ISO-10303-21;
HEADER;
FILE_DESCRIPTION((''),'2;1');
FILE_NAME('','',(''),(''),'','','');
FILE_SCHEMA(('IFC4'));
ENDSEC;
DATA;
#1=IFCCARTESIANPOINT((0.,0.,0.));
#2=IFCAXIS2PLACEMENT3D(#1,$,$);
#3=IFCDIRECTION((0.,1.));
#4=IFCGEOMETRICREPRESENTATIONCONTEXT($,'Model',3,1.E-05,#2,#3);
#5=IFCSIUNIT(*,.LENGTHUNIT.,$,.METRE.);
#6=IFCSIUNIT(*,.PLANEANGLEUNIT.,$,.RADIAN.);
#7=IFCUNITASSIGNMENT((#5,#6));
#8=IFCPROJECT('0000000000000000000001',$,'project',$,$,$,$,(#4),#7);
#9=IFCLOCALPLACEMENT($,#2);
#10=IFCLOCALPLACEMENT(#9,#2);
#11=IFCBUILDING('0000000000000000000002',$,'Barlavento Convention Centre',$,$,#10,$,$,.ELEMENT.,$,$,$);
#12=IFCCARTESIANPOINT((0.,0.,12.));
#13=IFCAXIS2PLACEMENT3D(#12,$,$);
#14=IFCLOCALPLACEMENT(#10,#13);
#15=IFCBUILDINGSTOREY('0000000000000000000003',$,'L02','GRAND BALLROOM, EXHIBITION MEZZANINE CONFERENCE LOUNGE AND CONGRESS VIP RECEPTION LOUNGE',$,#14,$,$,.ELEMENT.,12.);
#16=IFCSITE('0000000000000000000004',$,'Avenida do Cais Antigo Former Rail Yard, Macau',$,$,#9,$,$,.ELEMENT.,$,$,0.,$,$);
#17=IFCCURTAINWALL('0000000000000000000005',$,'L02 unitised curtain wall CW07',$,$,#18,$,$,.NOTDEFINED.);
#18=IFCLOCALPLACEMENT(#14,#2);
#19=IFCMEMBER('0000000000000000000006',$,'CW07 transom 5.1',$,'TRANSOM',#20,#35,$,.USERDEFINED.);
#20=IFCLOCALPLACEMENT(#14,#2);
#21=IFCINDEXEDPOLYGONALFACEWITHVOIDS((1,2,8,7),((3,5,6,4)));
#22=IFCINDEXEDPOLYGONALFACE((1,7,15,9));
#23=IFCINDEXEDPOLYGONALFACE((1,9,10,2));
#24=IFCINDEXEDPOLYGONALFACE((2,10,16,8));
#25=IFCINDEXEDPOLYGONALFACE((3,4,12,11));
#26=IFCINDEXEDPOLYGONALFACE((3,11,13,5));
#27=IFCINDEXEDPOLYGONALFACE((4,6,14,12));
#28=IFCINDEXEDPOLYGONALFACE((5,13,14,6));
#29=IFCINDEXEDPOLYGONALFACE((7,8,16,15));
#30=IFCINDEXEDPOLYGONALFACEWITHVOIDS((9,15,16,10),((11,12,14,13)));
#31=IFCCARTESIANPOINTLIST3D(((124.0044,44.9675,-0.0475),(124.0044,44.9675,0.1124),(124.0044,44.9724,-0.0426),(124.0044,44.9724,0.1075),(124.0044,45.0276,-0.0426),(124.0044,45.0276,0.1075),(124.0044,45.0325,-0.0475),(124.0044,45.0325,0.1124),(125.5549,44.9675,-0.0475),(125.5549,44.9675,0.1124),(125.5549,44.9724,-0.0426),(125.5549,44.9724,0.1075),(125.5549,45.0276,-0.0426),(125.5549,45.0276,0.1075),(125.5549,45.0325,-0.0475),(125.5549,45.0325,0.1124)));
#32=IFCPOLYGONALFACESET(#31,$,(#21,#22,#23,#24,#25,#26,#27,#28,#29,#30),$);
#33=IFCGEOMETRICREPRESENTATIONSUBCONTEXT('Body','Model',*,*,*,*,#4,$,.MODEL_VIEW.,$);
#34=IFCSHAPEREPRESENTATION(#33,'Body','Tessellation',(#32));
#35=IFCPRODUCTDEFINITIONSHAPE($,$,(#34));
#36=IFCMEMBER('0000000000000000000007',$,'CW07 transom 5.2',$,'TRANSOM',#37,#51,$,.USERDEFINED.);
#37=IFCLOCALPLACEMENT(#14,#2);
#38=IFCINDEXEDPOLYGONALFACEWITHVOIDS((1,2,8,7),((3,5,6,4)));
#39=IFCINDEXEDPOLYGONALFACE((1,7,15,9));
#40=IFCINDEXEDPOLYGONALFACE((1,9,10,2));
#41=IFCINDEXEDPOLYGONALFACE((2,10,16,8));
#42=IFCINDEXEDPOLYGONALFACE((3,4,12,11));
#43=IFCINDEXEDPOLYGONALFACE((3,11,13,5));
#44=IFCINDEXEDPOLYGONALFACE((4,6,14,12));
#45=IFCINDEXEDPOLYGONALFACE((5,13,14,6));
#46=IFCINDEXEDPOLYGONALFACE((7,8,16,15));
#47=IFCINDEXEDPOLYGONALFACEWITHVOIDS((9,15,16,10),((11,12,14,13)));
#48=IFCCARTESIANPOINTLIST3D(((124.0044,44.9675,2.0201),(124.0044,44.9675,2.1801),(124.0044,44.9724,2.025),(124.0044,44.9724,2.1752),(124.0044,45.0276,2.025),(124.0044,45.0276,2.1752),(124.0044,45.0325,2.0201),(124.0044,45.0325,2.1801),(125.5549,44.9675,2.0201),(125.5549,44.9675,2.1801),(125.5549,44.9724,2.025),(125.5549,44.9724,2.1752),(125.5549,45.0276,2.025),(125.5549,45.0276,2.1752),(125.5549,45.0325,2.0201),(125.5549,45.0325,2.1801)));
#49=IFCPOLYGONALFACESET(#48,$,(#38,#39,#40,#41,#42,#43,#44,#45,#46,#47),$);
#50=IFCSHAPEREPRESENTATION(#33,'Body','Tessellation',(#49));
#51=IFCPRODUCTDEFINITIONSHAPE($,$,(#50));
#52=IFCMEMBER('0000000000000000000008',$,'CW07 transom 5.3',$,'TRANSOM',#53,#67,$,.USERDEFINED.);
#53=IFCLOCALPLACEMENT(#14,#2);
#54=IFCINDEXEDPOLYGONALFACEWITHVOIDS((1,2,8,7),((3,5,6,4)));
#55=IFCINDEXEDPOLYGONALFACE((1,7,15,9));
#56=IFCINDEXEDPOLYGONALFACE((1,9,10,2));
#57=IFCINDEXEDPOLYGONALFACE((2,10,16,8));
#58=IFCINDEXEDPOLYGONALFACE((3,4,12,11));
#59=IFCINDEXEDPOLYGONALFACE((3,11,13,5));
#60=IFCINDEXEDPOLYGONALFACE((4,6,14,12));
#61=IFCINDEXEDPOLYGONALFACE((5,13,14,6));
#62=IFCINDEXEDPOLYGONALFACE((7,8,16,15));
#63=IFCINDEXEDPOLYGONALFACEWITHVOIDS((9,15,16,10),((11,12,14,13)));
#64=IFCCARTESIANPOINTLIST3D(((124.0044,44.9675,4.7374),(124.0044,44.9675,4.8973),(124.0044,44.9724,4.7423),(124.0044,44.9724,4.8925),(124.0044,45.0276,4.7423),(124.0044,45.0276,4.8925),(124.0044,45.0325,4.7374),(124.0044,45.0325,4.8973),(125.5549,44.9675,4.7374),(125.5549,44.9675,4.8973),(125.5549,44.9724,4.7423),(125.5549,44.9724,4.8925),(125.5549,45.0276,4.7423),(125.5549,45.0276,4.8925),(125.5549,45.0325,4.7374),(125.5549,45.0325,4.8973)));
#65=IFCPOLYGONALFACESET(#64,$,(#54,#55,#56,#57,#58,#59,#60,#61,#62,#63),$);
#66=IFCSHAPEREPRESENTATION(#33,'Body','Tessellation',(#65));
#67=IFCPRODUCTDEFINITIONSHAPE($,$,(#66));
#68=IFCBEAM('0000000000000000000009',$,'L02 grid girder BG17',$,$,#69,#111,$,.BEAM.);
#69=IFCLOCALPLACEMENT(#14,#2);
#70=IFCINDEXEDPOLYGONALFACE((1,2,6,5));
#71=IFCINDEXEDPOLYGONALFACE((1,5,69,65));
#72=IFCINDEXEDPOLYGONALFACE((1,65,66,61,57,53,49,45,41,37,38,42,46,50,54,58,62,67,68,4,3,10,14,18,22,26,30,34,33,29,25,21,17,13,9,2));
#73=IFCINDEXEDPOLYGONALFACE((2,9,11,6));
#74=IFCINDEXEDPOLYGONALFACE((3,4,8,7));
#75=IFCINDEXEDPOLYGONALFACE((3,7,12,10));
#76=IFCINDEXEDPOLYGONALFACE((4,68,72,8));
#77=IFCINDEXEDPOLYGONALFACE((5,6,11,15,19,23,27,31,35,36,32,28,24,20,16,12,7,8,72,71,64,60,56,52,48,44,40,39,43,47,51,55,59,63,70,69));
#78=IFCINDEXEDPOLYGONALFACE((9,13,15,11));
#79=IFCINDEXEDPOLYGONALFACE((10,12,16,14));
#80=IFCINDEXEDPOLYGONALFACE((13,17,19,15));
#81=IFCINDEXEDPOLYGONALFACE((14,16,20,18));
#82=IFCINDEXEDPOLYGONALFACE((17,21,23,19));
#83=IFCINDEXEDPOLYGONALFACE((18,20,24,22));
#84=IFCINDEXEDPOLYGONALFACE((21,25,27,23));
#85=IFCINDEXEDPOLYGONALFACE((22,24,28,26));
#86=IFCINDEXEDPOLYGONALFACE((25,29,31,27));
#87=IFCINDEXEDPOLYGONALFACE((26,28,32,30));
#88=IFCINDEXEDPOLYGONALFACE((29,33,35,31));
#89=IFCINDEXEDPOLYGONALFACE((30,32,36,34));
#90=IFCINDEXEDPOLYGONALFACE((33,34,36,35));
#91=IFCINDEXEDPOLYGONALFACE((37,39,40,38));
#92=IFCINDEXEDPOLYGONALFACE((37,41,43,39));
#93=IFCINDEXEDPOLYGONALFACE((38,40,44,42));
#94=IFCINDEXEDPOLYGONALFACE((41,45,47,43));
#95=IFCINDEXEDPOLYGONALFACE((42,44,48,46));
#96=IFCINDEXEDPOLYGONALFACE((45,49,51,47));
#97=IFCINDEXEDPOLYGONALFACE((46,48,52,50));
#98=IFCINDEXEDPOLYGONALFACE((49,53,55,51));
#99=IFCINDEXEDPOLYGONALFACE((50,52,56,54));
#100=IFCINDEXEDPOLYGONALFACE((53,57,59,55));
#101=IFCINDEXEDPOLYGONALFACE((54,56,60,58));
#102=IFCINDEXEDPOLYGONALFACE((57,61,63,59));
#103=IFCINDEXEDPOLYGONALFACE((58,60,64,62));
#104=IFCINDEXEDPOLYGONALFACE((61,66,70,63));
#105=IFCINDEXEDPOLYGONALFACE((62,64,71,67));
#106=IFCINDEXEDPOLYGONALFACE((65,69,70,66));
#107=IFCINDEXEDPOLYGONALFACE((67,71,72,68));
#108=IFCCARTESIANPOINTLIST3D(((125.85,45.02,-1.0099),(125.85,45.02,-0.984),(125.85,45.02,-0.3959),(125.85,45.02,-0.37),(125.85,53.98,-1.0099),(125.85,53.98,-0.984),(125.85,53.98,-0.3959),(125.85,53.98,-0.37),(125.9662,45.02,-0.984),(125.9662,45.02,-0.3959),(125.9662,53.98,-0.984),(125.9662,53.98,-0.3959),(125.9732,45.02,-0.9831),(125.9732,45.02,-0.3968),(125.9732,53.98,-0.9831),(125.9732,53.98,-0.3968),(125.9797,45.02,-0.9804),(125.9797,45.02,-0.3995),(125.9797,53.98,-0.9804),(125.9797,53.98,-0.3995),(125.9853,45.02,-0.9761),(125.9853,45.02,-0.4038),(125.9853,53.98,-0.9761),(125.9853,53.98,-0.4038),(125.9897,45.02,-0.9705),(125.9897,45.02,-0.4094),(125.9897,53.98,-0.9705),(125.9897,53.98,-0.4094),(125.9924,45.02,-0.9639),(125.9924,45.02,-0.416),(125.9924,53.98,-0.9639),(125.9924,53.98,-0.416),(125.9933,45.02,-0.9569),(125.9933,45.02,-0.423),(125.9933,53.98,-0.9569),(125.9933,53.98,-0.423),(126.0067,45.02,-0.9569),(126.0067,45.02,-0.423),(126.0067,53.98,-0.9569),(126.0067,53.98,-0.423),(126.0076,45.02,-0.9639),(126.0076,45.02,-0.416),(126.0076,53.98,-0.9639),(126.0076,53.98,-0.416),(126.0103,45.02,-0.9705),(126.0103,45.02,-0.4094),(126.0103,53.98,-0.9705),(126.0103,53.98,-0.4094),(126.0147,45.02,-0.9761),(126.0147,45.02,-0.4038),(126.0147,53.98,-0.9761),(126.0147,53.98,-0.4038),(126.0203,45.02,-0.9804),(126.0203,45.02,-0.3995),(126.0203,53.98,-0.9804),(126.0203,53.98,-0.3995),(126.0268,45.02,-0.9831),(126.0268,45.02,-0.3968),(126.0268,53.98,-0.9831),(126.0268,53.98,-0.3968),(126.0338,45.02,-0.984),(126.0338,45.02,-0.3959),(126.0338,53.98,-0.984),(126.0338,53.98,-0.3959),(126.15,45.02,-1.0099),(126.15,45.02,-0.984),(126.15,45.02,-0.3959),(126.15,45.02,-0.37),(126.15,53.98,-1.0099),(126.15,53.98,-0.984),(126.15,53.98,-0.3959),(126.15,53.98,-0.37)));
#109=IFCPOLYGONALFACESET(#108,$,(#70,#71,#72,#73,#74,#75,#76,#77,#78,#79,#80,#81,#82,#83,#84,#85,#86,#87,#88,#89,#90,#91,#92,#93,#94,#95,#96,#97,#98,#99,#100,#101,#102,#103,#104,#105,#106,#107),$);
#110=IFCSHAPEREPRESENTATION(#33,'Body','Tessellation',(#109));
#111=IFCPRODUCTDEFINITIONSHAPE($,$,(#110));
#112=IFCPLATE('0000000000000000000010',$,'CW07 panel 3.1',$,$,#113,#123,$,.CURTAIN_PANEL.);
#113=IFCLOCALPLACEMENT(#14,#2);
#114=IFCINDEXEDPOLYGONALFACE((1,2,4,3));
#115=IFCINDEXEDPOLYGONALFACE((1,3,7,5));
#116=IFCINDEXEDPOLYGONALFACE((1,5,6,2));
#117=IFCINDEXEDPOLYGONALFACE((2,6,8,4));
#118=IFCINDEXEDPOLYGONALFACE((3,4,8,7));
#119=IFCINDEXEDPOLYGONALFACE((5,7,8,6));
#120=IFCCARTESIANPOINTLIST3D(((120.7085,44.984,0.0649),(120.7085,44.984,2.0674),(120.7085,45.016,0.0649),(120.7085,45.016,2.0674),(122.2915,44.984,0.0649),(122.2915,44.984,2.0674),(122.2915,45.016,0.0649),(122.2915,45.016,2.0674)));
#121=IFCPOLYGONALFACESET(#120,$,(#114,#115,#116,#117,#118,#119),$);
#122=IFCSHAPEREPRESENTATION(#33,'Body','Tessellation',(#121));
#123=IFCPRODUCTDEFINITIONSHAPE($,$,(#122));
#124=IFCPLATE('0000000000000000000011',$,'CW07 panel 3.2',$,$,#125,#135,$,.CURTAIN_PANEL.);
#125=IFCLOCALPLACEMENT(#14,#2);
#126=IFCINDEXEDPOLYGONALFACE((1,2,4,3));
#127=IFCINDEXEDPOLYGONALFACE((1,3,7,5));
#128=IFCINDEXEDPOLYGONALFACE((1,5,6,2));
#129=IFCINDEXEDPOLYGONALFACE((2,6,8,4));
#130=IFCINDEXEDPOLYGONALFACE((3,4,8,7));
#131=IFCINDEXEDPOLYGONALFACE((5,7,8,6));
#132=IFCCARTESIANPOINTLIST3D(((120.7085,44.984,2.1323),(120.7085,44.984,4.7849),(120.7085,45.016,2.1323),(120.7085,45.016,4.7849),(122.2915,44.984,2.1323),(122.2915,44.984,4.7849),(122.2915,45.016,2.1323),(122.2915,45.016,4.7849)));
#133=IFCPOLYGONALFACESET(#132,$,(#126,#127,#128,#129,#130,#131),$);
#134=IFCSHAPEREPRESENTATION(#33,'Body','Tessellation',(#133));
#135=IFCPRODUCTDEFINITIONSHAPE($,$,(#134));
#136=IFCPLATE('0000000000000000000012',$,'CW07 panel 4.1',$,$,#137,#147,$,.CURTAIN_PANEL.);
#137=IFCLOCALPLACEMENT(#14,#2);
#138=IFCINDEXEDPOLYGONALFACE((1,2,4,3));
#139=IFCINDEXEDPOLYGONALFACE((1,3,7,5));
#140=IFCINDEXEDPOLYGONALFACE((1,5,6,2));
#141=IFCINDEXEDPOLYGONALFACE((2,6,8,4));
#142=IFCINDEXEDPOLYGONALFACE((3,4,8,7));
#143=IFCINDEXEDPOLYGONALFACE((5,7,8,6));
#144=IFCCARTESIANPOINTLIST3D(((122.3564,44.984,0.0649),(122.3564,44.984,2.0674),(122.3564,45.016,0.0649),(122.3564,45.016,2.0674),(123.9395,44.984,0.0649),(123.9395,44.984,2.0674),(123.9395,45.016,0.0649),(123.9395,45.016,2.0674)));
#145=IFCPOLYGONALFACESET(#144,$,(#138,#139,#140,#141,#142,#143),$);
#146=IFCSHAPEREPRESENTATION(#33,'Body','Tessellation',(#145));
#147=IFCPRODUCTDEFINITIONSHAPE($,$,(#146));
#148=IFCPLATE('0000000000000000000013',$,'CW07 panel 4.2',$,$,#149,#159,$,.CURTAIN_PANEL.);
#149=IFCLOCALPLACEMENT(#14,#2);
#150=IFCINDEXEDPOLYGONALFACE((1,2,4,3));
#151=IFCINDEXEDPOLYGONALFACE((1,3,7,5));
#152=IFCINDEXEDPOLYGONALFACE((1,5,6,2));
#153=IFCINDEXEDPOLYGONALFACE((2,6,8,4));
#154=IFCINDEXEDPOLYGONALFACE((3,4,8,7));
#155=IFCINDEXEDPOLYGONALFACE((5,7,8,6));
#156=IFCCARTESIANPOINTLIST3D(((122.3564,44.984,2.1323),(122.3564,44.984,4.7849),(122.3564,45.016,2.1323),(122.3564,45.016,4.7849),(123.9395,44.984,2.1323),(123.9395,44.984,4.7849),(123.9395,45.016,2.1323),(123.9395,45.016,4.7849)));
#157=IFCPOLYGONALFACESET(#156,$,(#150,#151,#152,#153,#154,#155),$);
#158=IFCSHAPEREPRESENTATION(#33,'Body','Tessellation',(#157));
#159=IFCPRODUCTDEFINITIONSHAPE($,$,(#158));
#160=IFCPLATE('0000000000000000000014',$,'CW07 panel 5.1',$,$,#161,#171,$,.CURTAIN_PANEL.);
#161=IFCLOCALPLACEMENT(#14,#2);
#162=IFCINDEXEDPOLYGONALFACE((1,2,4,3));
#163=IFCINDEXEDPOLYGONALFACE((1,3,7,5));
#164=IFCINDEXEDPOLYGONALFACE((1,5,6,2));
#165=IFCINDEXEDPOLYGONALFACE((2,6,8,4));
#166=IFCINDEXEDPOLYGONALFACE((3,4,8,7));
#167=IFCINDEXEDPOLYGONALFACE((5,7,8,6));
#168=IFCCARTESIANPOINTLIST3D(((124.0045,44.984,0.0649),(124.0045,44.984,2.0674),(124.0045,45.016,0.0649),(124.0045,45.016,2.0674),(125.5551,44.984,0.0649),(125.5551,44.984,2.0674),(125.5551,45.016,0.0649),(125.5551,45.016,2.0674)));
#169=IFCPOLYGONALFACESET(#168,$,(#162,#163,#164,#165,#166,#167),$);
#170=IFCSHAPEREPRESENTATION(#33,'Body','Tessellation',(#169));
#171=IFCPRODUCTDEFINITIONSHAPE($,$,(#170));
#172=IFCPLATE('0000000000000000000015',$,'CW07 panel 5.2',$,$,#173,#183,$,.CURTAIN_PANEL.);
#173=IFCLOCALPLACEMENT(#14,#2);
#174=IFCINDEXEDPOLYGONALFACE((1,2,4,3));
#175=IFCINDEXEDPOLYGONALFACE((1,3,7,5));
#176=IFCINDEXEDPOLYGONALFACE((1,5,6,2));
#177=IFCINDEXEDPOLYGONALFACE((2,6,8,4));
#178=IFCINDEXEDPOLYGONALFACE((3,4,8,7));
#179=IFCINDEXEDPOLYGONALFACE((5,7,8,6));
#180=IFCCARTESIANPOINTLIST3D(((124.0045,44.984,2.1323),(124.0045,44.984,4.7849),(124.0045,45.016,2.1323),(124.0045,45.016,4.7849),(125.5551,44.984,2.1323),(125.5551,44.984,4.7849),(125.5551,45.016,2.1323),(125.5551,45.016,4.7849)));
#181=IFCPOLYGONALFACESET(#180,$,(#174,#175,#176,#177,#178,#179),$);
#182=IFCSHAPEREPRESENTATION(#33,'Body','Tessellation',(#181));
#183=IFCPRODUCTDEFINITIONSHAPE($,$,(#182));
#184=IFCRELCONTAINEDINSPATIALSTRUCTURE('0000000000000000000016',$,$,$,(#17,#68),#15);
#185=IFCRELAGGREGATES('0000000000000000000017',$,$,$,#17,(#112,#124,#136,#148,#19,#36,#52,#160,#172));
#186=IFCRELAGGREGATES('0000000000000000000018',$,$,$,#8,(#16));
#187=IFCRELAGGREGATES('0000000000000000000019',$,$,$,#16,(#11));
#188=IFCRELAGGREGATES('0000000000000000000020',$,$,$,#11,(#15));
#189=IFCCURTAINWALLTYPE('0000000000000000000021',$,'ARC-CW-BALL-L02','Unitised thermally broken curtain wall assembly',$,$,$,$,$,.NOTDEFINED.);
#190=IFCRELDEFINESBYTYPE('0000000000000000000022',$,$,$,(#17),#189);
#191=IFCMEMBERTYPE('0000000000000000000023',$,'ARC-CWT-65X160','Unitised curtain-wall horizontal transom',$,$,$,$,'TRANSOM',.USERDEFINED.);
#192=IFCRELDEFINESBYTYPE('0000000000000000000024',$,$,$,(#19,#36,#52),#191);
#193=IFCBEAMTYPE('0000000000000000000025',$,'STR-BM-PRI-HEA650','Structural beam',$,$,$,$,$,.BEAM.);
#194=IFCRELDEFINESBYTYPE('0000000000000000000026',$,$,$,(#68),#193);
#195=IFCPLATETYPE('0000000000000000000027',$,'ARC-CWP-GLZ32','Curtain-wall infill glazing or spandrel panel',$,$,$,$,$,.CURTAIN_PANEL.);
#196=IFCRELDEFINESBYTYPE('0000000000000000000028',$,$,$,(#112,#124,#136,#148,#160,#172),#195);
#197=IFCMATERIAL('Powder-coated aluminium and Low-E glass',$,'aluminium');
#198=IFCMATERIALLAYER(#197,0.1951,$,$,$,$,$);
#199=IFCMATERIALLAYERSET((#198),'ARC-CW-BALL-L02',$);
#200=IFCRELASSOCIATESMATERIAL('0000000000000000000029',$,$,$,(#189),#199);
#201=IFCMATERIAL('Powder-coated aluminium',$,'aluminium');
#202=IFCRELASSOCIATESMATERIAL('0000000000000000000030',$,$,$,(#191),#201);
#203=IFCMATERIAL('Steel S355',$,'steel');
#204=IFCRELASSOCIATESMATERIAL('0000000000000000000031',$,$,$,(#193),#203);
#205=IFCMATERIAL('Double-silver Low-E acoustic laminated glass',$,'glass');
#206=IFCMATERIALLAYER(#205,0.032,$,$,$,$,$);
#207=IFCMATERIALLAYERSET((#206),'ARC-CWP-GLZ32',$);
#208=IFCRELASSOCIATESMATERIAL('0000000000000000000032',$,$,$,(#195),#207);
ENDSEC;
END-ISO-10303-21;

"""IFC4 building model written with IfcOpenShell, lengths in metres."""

from ifc_helpers import new_model, si_unit, direction, frame, origin, origin_2d, place, context, subcontext, project, spatial, rectangle, hollow_rectangle, i_section, extrude, material, layer, layer_set, material_profile, profile_set, type_object, element, aggregate, save


model = new_model("IFC4")

# Units and contexts
model_context = context("Model", 3, precision=1e-05, world=origin(), true_north=direction((0.0, 1.0)))
body_context = subcontext(model_context, "Body", "Model", "MODEL_VIEW")
ifc_project = project(units=[si_unit("LENGTHUNIT", "METRE"), si_unit("PLANEANGLEUNIT", "RADIAN")], contexts=[model_context])

# Site, building, storey
site_placement = place(None, origin())
site = spatial("IfcSite", under=ifc_project, at=site_placement, Name="Avenida do Cais Antigo Former Rail Yard, Macau", CompositionType="ELEMENT", RefElevation=0.0)
building_placement = place(site_placement, origin())
building = spatial("IfcBuilding", under=site, at=building_placement, Name="Barlavento Convention Centre", CompositionType="ELEMENT")
storey_placement = place(building_placement, frame((0.0, 0.0, 12.0)))
storey = spatial("IfcBuildingStorey", under=building, at=storey_placement, Name="L02", Description="GRAND BALLROOM, EXHIBITION MEZZANINE CONFERENCE LOUNGE AND CONGRESS VIP RECEPTION LOUNGE", CompositionType="ELEMENT", Elevation=12.0)

# Curtain wall, members
ifc_material_1 = material(Name="Powder-coated aluminium and Low-E glass", Category="aluminium")
ifc_layer_1 = layer(ifc_material_1, 0.1951)
ifc_layer_set_1 = layer_set([ifc_layer_1], Name="ARC-CW-BALL-L02")
curtain_wall_type = type_object("IfcCurtainWallType", Name="ARC-CW-BALL-L02", Description="Unitised thermally broken curtain wall assembly", PredefinedType="NOTDEFINED", material=ifc_layer_set_1)
curtain_wall_placement = place(storey_placement, origin())
curtain_wall = element("IfcCurtainWall", 1, at=curtain_wall_placement, inside=storey, type_object=curtain_wall_type, Name="L02 unitised curtain wall CW07", PredefinedType="NOTDEFINED")
ifc_material_2 = material(Name="Powder-coated aluminium", Category="aluminium")
ifc_material_profile_1 = material_profile(ifc_material_2, hollow_rectangle(XDim=0.0649, YDim=0.1599, WallThickness=0.0049, at=origin_2d()), Name="AL-TRAN 65x160x5")
ifc_profile_set_1 = profile_set([ifc_material_profile_1], Name="Powder-coated aluminium")
member_type_1 = type_object("IfcMemberType", Name="ARC-CWT-65X160", Description="Unitised curtain-wall horizontal transom", ElementType="TRANSOM", PredefinedType="USERDEFINED", material=ifc_profile_set_1)
member_1_placement = place(storey_placement, frame((124.0044, 45.0, 0.0325), z_axis=(1.0, 0.0, 0.0), x_axis=(0.0, 1.0, 0.0)))
member_1 = element("IfcMember", 2, at=member_1_placement, type_object=member_type_1, Name="CW07 transom 5.1", ObjectType="TRANSOM", PredefinedType="USERDEFINED", context=body_context, shape_type="SweptSolid", body=[
    extrude(hollow_rectangle(XDim=0.0649, YDim=0.1599, WallThickness=0.0049, at=origin_2d()), origin(), (0.0, 0.0, 1.0), 1.5505),
])
member_2_placement = place(storey_placement, frame((124.0044, 45.0, 2.1001), z_axis=(1.0, 0.0, 0.0), x_axis=(0.0, 1.0, 0.0)))
member_2 = element("IfcMember", 3, at=member_2_placement, type_object=member_type_1, Name="CW07 transom 5.2", ObjectType="TRANSOM", PredefinedType="USERDEFINED", context=body_context, shape_type="SweptSolid", body=[
    extrude(hollow_rectangle(XDim=0.0649, YDim=0.1599, WallThickness=0.0049, at=origin_2d()), origin(), (0.0, 0.0, 1.0), 1.5505),
])
member_3_placement = place(storey_placement, frame((124.0044, 45.0, 4.8174), z_axis=(1.0, 0.0, 0.0), x_axis=(0.0, 1.0, 0.0)))
member_3 = element("IfcMember", 4, at=member_3_placement, type_object=member_type_1, Name="CW07 transom 5.3", ObjectType="TRANSOM", PredefinedType="USERDEFINED", context=body_context, shape_type="SweptSolid", body=[
    extrude(hollow_rectangle(XDim=0.0649, YDim=0.1599, WallThickness=0.0049, at=origin_2d()), origin(), (0.0, 0.0, 1.0), 1.5505),
])

# Beam
ifc_material_3 = material(Name="Steel S355", Category="steel")
ifc_material_profile_2 = material_profile(ifc_material_3, i_section(OverallWidth=0.3, OverallDepth=0.6399, WebThickness=0.0134, FlangeThickness=0.0259, FilletRadius=0.0271, at=origin_2d()), Name="HEA 650")
ifc_profile_set_2 = profile_set([ifc_material_profile_2], Name="Steel S355")
beam_type = type_object("IfcBeamType", Name="STR-BM-PRI-HEA650", Description="Structural beam", PredefinedType="BEAM", material=ifc_profile_set_2)
beam_placement = place(storey_placement, frame((126.0, 45.02, -0.6899), z_axis=(0.0, 1.0, 0.0), x_axis=(-1.0, 0.0, 0.0)))
element("IfcBeam", 5, at=beam_placement, inside=storey, type_object=beam_type, Name="L02 grid girder BG17", PredefinedType="BEAM", context=body_context, shape_type="SweptSolid", body=[
    extrude(i_section(OverallWidth=0.3, OverallDepth=0.6399, WebThickness=0.0134, FlangeThickness=0.0259, FilletRadius=0.0271, at=origin_2d()), origin(), (0.0, 0.0, 1.0), 8.96),
])

# Plates
ifc_material_4 = material(Name="Double-silver Low-E acoustic laminated glass", Category="glass")
ifc_layer_2 = layer(ifc_material_4, 0.032)
ifc_layer_set_2 = layer_set([ifc_layer_2], Name="ARC-CWP-GLZ32")
plate_type = type_object("IfcPlateType", Name="ARC-CWP-GLZ32", Description="Curtain-wall infill glazing or spandrel panel", PredefinedType="CURTAIN_PANEL", material=ifc_layer_set_2)
plate_1_placement = place(storey_placement, frame((121.5, 45.0, 0.0649), z_axis=(0.0, 0.0, 1.0), x_axis=(1.0, 0.0, 0.0)))
plate_1 = element("IfcPlate", 6, at=plate_1_placement, type_object=plate_type, Name="CW07 panel 3.1", PredefinedType="CURTAIN_PANEL", context=body_context, shape_type="SweptSolid", body=[
    extrude(rectangle(XDim=1.583, YDim=0.032, at=origin_2d()), origin(), (0.0, 0.0, 1.0), 2.0024),
])
plate_2_placement = place(storey_placement, frame((121.5, 45.0, 2.1323), z_axis=(0.0, 0.0, 1.0), x_axis=(1.0, 0.0, 0.0)))
plate_2 = element("IfcPlate", 7, at=plate_2_placement, type_object=plate_type, Name="CW07 panel 3.2", PredefinedType="CURTAIN_PANEL", context=body_context, shape_type="SweptSolid", body=[
    extrude(rectangle(XDim=1.583, YDim=0.032, at=origin_2d()), origin(), (0.0, 0.0, 1.0), 2.6526),
])
plate_3_placement = place(storey_placement, frame((123.1479, 45.0, 0.0649), z_axis=(0.0, 0.0, 1.0), x_axis=(1.0, 0.0, 0.0)))
plate_3 = element("IfcPlate", 8, at=plate_3_placement, type_object=plate_type, Name="CW07 panel 4.1", PredefinedType="CURTAIN_PANEL", context=body_context, shape_type="SweptSolid", body=[
    extrude(rectangle(XDim=1.583, YDim=0.032, at=origin_2d()), origin(), (0.0, 0.0, 1.0), 2.0024),
])
plate_4_placement = place(storey_placement, frame((123.1479, 45.0, 2.1323), z_axis=(0.0, 0.0, 1.0), x_axis=(1.0, 0.0, 0.0)))
plate_4 = element("IfcPlate", 9, at=plate_4_placement, type_object=plate_type, Name="CW07 panel 4.2", PredefinedType="CURTAIN_PANEL", context=body_context, shape_type="SweptSolid", body=[
    extrude(rectangle(XDim=1.583, YDim=0.032, at=origin_2d()), origin(), (0.0, 0.0, 1.0), 2.6526),
])
plate_5_placement = place(storey_placement, frame((124.7798, 45.0, 0.0649), z_axis=(0.0, 0.0, 1.0), x_axis=(1.0, 0.0, 0.0)))
plate_5 = element("IfcPlate", 10, at=plate_5_placement, type_object=plate_type, Name="CW07 panel 5.1", PredefinedType="CURTAIN_PANEL", context=body_context, shape_type="SweptSolid", body=[
    extrude(rectangle(XDim=1.5505, YDim=0.032, at=origin_2d()), origin(), (0.0, 0.0, 1.0), 2.0024),
])
plate_6_placement = place(storey_placement, frame((124.7798, 45.0, 2.1323), z_axis=(0.0, 0.0, 1.0), x_axis=(1.0, 0.0, 0.0)))
plate_6 = element("IfcPlate", 11, at=plate_6_placement, type_object=plate_type, Name="CW07 panel 5.2", PredefinedType="CURTAIN_PANEL", context=body_context, shape_type="SweptSolid", body=[
    extrude(rectangle(XDim=1.5505, YDim=0.032, at=origin_2d()), origin(), (0.0, 0.0, 1.0), 2.6526),
])
aggregate(curtain_wall, [plate_1, plate_2, plate_3, plate_4, member_1, member_2, member_3, plate_5, plate_6])

save(model, "model.ifc")
